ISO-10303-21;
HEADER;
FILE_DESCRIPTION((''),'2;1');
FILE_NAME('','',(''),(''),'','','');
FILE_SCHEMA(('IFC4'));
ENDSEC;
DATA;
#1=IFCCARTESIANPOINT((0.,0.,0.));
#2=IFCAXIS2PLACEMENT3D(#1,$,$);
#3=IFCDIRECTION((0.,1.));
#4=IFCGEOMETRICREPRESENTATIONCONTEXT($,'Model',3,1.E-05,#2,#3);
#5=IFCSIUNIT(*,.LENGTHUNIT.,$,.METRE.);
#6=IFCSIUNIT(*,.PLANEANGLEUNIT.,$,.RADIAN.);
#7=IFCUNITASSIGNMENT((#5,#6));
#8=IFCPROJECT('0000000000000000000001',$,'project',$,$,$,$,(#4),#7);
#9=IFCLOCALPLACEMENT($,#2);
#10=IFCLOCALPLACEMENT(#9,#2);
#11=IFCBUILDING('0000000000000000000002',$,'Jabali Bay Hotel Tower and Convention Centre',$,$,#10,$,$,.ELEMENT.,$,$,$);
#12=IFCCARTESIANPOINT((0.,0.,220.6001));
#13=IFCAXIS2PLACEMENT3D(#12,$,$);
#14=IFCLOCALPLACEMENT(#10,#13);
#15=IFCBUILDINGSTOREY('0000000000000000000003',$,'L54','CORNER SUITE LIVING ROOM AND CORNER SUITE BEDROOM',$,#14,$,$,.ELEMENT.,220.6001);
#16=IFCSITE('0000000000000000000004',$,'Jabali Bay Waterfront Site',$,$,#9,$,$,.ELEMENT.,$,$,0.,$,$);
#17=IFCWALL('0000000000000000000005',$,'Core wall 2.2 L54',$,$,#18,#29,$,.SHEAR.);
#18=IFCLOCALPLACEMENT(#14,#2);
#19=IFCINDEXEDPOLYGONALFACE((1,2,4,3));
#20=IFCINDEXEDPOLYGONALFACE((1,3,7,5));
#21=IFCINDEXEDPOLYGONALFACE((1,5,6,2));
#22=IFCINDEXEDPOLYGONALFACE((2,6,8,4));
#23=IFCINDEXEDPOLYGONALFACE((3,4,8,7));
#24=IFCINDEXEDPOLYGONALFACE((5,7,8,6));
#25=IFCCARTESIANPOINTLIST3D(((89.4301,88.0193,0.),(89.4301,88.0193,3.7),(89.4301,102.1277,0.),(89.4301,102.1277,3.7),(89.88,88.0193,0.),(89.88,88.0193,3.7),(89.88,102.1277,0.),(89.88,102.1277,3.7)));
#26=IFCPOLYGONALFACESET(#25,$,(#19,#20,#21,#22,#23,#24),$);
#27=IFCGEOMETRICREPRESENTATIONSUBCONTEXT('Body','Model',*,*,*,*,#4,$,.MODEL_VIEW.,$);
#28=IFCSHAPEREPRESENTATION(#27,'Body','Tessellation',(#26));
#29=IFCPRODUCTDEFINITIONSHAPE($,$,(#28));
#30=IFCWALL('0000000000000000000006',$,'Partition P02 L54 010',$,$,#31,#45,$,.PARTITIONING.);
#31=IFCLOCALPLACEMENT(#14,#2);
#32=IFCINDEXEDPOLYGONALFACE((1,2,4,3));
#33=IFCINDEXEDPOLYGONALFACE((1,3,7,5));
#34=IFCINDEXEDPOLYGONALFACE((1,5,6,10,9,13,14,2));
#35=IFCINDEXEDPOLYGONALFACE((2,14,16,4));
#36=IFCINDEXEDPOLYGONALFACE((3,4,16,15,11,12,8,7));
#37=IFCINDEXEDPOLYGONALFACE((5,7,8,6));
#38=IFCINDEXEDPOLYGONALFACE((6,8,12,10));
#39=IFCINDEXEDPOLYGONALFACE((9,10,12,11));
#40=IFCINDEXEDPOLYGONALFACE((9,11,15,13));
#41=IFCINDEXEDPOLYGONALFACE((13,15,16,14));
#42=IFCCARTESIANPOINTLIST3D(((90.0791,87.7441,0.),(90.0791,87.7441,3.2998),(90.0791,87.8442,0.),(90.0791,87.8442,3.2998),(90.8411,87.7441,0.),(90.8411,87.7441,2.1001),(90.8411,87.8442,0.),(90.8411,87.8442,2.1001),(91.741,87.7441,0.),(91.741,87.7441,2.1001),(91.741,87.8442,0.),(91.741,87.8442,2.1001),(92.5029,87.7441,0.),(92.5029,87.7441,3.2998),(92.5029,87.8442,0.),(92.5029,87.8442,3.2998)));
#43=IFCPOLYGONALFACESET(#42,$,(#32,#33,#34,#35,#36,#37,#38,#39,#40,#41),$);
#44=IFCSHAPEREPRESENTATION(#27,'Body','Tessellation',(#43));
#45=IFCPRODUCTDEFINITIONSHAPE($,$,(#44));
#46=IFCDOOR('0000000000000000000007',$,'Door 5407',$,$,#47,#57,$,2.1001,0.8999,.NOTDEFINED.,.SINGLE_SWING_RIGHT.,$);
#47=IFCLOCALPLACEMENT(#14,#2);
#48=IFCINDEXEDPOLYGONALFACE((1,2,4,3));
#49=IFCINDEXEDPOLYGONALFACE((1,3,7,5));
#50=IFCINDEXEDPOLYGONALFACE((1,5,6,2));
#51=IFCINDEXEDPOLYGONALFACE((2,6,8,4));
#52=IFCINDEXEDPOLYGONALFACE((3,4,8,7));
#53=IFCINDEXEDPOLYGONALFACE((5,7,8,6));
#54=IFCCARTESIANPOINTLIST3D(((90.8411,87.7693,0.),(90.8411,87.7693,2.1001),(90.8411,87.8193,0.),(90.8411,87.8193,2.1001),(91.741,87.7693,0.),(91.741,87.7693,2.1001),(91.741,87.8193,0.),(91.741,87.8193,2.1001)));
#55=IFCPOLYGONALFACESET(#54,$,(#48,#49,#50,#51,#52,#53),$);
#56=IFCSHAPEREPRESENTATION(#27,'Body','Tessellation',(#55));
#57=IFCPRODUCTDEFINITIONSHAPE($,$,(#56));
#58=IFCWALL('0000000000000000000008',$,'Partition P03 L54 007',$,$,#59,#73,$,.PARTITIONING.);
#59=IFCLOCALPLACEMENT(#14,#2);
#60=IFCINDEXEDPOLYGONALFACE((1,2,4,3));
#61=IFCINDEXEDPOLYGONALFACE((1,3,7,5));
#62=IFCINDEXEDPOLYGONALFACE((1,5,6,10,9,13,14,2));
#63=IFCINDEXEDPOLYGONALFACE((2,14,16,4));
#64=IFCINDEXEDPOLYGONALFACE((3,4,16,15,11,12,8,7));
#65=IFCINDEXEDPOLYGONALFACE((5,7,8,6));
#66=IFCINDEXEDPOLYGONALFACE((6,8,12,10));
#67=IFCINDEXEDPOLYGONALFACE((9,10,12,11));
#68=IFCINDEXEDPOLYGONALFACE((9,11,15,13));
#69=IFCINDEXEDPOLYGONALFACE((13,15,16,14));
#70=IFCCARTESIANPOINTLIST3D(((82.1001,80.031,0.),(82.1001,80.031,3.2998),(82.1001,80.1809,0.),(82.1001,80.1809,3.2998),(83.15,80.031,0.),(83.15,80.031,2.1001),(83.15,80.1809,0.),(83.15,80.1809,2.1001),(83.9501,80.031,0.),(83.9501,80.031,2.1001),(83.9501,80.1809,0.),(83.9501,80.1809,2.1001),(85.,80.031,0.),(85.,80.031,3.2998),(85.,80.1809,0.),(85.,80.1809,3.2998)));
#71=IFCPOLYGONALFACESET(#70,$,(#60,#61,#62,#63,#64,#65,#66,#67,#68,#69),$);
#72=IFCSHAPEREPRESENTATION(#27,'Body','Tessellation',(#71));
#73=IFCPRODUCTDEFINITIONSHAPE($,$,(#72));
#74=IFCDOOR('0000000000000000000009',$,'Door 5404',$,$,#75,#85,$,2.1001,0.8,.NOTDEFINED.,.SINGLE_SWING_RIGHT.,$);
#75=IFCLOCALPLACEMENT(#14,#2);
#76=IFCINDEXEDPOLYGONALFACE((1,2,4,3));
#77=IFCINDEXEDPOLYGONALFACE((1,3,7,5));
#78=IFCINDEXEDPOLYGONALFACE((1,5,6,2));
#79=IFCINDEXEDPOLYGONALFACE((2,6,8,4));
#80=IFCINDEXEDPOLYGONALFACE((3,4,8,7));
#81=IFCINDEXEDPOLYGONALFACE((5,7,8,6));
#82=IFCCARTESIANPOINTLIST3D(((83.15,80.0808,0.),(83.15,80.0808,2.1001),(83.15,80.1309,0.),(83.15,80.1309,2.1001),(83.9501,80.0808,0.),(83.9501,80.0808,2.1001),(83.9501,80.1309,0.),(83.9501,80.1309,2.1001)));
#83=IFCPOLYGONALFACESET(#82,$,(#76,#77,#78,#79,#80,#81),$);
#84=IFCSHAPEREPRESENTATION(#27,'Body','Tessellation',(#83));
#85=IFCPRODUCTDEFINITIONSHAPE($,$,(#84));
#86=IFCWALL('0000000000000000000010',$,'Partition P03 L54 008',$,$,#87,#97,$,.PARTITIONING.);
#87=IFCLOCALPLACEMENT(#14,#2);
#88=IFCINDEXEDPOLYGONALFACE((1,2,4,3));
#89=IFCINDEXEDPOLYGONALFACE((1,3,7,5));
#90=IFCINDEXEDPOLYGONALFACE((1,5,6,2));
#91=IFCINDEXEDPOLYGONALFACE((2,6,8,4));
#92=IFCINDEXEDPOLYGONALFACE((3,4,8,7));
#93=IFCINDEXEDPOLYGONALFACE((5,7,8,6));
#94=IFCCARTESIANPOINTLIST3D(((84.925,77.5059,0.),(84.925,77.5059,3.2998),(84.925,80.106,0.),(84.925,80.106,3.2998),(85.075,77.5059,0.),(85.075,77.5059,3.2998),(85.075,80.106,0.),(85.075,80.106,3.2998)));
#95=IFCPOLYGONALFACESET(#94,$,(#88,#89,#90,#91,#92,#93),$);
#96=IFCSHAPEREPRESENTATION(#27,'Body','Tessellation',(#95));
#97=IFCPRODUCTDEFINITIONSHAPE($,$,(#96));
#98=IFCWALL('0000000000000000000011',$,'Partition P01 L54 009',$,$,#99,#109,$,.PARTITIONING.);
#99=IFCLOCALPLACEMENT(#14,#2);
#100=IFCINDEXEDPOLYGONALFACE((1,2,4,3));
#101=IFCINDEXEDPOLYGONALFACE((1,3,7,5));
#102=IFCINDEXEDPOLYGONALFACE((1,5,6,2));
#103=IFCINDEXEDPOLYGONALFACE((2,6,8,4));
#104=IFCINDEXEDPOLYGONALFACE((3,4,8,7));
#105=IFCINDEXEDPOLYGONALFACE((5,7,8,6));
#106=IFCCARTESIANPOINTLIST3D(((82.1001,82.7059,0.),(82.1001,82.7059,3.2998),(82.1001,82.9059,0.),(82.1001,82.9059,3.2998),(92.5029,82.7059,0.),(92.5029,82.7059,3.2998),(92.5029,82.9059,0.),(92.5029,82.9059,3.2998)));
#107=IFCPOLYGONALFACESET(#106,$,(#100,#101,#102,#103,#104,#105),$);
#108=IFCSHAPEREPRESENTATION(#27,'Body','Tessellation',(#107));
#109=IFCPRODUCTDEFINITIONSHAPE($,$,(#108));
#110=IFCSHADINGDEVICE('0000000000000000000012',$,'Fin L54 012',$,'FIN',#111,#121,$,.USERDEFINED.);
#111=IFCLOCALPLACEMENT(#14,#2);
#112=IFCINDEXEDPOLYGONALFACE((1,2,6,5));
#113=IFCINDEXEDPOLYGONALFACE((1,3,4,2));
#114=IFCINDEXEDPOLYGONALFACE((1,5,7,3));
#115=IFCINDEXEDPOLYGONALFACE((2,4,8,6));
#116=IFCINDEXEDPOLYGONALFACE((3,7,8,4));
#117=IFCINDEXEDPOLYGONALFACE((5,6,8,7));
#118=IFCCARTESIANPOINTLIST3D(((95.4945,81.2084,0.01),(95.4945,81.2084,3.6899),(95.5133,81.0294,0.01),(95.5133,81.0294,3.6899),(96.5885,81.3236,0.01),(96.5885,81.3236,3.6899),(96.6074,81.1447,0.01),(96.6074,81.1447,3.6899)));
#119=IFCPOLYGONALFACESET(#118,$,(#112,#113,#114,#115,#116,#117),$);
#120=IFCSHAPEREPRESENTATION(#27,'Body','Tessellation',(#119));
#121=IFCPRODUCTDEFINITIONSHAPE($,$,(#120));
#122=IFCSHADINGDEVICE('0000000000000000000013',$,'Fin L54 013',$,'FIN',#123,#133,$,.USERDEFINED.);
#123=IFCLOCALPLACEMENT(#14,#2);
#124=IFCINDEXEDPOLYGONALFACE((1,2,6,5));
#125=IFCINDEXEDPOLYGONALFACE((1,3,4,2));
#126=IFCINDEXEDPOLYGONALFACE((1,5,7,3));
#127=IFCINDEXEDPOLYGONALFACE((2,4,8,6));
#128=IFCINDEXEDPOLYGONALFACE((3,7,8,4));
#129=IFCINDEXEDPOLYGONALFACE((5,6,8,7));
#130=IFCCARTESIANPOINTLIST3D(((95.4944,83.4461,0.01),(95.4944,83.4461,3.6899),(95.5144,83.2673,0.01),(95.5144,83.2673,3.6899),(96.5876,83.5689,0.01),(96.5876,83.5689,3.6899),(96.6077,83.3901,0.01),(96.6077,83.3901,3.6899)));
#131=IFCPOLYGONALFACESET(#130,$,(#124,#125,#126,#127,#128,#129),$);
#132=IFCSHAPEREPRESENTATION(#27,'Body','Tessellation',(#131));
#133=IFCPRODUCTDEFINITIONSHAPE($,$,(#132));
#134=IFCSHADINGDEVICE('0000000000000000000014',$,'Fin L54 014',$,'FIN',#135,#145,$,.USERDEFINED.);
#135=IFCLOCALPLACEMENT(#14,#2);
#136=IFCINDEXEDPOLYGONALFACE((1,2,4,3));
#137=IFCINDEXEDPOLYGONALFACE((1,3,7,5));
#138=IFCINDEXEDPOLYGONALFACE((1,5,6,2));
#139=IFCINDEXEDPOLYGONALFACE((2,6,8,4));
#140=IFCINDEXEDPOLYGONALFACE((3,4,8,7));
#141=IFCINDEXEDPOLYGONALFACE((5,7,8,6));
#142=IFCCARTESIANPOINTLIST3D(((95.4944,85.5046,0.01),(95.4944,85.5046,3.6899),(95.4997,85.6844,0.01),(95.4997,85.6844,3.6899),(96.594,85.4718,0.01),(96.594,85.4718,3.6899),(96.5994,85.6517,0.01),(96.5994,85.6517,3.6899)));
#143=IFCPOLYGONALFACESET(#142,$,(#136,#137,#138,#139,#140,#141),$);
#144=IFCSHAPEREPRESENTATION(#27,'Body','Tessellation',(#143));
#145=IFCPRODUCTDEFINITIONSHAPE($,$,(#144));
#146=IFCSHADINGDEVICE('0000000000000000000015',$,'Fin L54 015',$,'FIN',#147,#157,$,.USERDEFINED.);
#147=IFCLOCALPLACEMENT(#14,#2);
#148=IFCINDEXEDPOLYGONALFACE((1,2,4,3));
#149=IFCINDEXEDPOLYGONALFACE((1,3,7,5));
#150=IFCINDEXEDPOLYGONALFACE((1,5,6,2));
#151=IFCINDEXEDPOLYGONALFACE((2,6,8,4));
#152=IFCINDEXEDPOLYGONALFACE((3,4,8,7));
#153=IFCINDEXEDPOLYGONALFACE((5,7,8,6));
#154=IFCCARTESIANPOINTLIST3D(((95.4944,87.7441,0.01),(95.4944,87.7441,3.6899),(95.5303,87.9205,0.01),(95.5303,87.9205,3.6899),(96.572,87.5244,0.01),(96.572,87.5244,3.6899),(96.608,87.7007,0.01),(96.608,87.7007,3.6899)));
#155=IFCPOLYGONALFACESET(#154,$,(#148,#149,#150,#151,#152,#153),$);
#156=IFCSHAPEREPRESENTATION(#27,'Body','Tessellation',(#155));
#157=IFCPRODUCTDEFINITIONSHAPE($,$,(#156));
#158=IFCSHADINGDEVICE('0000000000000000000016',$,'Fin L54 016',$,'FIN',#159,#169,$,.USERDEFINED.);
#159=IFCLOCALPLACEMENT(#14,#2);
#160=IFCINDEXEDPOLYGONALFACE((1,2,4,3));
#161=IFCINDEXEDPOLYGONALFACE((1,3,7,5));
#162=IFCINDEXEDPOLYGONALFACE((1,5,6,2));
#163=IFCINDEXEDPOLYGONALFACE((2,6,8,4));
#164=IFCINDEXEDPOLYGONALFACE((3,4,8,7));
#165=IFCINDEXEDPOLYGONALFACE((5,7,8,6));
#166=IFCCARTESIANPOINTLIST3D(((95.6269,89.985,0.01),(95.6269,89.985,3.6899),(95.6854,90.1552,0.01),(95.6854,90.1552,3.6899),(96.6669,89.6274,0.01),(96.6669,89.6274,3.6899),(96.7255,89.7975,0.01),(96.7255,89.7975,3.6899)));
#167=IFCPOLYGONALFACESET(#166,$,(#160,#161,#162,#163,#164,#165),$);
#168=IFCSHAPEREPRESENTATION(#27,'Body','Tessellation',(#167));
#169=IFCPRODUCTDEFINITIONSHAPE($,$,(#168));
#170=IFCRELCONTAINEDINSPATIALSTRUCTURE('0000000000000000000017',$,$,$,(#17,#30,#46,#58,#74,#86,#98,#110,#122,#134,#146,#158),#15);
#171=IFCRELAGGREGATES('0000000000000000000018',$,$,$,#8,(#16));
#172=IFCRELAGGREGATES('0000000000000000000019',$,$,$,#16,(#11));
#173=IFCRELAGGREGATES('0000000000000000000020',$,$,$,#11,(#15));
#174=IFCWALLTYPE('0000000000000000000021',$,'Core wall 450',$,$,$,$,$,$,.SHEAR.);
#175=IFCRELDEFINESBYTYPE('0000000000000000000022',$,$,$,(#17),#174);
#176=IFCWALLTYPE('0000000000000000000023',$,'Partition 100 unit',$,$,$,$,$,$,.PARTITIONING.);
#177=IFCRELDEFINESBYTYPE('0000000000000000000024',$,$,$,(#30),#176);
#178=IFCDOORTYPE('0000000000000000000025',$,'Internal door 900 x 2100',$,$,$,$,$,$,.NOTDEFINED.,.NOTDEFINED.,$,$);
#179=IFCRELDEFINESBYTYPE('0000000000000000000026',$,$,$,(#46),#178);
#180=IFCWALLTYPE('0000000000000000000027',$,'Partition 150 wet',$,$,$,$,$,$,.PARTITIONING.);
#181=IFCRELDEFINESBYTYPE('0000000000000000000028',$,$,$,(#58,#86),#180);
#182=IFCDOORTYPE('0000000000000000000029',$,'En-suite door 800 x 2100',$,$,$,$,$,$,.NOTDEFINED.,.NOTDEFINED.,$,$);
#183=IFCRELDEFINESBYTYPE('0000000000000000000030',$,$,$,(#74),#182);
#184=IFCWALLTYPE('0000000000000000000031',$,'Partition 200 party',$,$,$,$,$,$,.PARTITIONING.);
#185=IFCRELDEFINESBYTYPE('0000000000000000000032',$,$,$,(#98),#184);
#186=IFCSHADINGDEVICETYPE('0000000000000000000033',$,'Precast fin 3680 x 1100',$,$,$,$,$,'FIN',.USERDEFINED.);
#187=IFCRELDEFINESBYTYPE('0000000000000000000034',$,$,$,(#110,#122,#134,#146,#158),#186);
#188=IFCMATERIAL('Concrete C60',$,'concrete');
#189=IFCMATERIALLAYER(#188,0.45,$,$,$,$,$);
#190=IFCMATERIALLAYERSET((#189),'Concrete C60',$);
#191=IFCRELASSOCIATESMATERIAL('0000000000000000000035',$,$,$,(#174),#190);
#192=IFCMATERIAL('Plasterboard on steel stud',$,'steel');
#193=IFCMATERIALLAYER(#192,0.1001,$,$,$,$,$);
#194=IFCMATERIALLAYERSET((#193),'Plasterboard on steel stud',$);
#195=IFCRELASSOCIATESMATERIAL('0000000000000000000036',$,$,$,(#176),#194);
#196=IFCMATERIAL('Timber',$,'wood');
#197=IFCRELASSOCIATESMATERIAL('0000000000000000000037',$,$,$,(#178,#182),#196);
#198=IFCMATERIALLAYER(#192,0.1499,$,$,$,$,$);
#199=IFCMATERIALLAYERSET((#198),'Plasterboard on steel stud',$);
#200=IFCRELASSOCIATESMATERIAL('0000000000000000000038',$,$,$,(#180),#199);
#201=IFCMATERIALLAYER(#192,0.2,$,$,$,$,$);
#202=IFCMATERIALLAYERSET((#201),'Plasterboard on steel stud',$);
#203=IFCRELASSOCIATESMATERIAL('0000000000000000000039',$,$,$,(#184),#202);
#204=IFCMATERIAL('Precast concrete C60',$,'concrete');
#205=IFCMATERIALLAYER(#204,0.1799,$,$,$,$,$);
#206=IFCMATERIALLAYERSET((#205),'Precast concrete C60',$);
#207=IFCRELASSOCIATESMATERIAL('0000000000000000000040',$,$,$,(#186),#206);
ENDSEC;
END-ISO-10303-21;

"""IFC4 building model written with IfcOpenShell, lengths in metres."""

from ifc_helpers import new_model, si_unit, direction, frame, frame_2d, origin, place, context, subcontext, project, spatial, rectangle, extrude, material, layer, layer_set, type_object, element, fill, save


model = new_model("IFC4")

# Units and contexts
model_context = context("Model", 3, precision=1e-05, world=origin(), true_north=direction((0.0, 1.0)))
body_context = subcontext(model_context, "Body", "Model", "MODEL_VIEW")
ifc_project = project(units=[si_unit("LENGTHUNIT", "METRE"), si_unit("PLANEANGLEUNIT", "RADIAN")], contexts=[model_context])

# Site, building, storey
site_placement = place(None, origin())
site = spatial("IfcSite", under=ifc_project, at=site_placement, Name="Jabali Bay Waterfront Site", CompositionType="ELEMENT", RefElevation=0.0)
building_placement = place(site_placement, origin())
building = spatial("IfcBuilding", under=site, at=building_placement, Name="Jabali Bay Hotel Tower and Convention Centre", CompositionType="ELEMENT")
storey_placement = place(building_placement, frame((0.0, 0.0, 220.6001)))
storey = spatial("IfcBuildingStorey", under=building, at=storey_placement, Name="L54", Description="CORNER SUITE LIVING ROOM AND CORNER SUITE BEDROOM", CompositionType="ELEMENT", Elevation=220.6001)

# Shared definitions
ifc_material_1 = material(Name="Concrete C60", Category="concrete")

# Wall
ifc_layer_1 = layer(ifc_material_1, 0.45)
ifc_layer_set_1 = layer_set([ifc_layer_1], Name="Concrete C60")
wall_type_1 = type_object("IfcWallType", Name="Core wall 450", PredefinedType="SHEAR", material=ifc_layer_set_1)
wall_1_placement = place(storey_placement, frame((89.655, 88.0193, 0.0), z_axis=(0.0, 0.0, 1.0), x_axis=(0.0, 1.0, 0.0)))
element("IfcWall", 1, at=wall_1_placement, inside=storey, type_object=wall_type_1, Name="Core wall 2.2 L54", PredefinedType="SHEAR", context=body_context, shape_type="SweptSolid", body=[
    extrude(rectangle(XDim=14.1084, YDim=0.45, at=frame_2d((7.0542, 0.0))), origin(), (0.0, 0.0, 1.0), 3.7),
])

# Walls, openings, doors
ifc_material_2 = material(Name="Plasterboard on steel stud", Category="steel")
ifc_layer_2 = layer(ifc_material_2, 0.1001)
ifc_layer_set_2 = layer_set([ifc_layer_2], Name="Plasterboard on steel stud")
wall_type_2 = type_object("IfcWallType", Name="Partition 100 unit", PredefinedType="PARTITIONING", material=ifc_layer_set_2)
wall_2_placement = place(storey_placement, frame((92.5029, 87.7942, 0.0), z_axis=(0.0, 0.0, 1.0), x_axis=(-1.0, 0.0, 0.0)))
wall_2 = element("IfcWall", 2, at=wall_2_placement, inside=storey, type_object=wall_type_2, Name="Partition P02 L54 010", PredefinedType="PARTITIONING", context=body_context, shape_type="SweptSolid", body=[
    extrude(rectangle(XDim=2.4238, YDim=0.1001, at=frame_2d((1.2119, 0.0))), origin(), (0.0, 0.0, 1.0), 3.2998),
])
opening_1_placement = place(wall_2_placement, frame((0.762, 0.0, 0.0)))
opening_1 = element("IfcOpeningElement", 3, at=opening_1_placement, cuts=wall_2, PredefinedType="OPENING", context=body_context, shape_type="SweptSolid", body=[
    extrude(rectangle(XDim=0.8999, YDim=2.1001, at=frame_2d((0.45, 1.05))), frame((0.0, 0.0605, 0.0), z_axis=(0.0, -1.0, 0.0), x_axis=(1.0, 0.0, 0.0)), (0.0, 0.0, 1.0), 0.1211),
])
ifc_material_3 = material(Name="Timber", Category="wood")
door_type_1 = type_object("IfcDoorType", Name="Internal door 900 x 2100", OperationType="NOTDEFINED", PredefinedType="NOTDEFINED", material=ifc_material_3)
door_1_placement = place(opening_1_placement, origin())
door_1 = element("IfcDoor", 4, at=door_1_placement, inside=storey, type_object=door_type_1, Name="Door 5407", OperationType="SINGLE_SWING_RIGHT", OverallHeight=2.1001, OverallWidth=0.8999, PredefinedType="NOTDEFINED", context=body_context, shape_type="SweptSolid", body=[
    extrude(rectangle(XDim=0.8999, YDim=2.1001, at=frame_2d((0.45, 1.05))), frame((0.0, 0.0249, 0.0), z_axis=(0.0, -1.0, 0.0), x_axis=(1.0, 0.0, 0.0)), (0.0, 0.0, 1.0), 0.05),
])
fill(opening_1, door_1)
ifc_layer_3 = layer(ifc_material_2, 0.1499)
ifc_layer_set_3 = layer_set([ifc_layer_3], Name="Plasterboard on steel stud")
wall_type_3 = type_object("IfcWallType", Name="Partition 150 wet", PredefinedType="PARTITIONING", material=ifc_layer_set_3)
wall_3_placement = place(storey_placement, frame((82.1001, 80.106, 0.0), z_axis=(0.0, 0.0, 1.0), x_axis=(1.0, 0.0, 0.0)))
wall_3 = element("IfcWall", 5, at=wall_3_placement, inside=storey, type_object=wall_type_3, Name="Partition P03 L54 007", PredefinedType="PARTITIONING", context=body_context, shape_type="SweptSolid", body=[
    extrude(rectangle(XDim=2.8999, YDim=0.1499, at=frame_2d((1.45, 0.0))), origin(), (0.0, 0.0, 1.0), 3.2998),
])
opening_2_placement = place(wall_3_placement, frame((1.05, 0.0, 0.0)))
opening_2 = element("IfcOpeningElement", 6, at=opening_2_placement, cuts=wall_3, PredefinedType="OPENING", context=body_context, shape_type="SweptSolid", body=[
    extrude(rectangle(XDim=0.8, YDim=2.1001, at=frame_2d((0.3999, 1.05))), frame((0.0, 0.0854, 0.0), z_axis=(0.0, -1.0, 0.0), x_axis=(1.0, 0.0, 0.0)), (0.0, 0.0, 1.0), 0.1709),
])
door_type_2 = type_object("IfcDoorType", Name="En-suite door 800 x 2100", OperationType="NOTDEFINED", PredefinedType="NOTDEFINED", material=ifc_material_3)
door_2_placement = place(opening_2_placement, origin())
door_2 = element("IfcDoor", 7, at=door_2_placement, inside=storey, type_object=door_type_2, Name="Door 5404", OperationType="SINGLE_SWING_RIGHT", OverallHeight=2.1001, OverallWidth=0.8, PredefinedType="NOTDEFINED", context=body_context, shape_type="SweptSolid", body=[
    extrude(rectangle(XDim=0.8, YDim=2.1001, at=frame_2d((0.3999, 1.05))), frame((0.0, 0.0249, 0.0), z_axis=(0.0, -1.0, 0.0), x_axis=(1.0, 0.0, 0.0)), (0.0, 0.0, 1.0), 0.05),
])
fill(opening_2, door_2)

# Walls
wall_4_placement = place(storey_placement, frame((85.0, 80.106, 0.0), z_axis=(0.0, 0.0, 1.0), x_axis=(0.0, -1.0, 0.0)))
element("IfcWall", 8, at=wall_4_placement, inside=storey, type_object=wall_type_3, Name="Partition P03 L54 008", PredefinedType="PARTITIONING", context=body_context, shape_type="SweptSolid", body=[
    extrude(rectangle(XDim=2.6001, YDim=0.1499, at=frame_2d((1.3, 0.0))), origin(), (0.0, 0.0, 1.0), 3.2998),
])
ifc_layer_4 = layer(ifc_material_2, 0.2)
ifc_layer_set_4 = layer_set([ifc_layer_4], Name="Plasterboard on steel stud")
wall_type_4 = type_object("IfcWallType", Name="Partition 200 party", PredefinedType="PARTITIONING", material=ifc_layer_set_4)
wall_5_placement = place(storey_placement, frame((92.5029, 82.8059, 0.0), z_axis=(0.0, 0.0, 1.0), x_axis=(-1.0, 0.0, 0.0)))
element("IfcWall", 9, at=wall_5_placement, inside=storey, type_object=wall_type_4, Name="Partition P01 L54 009", PredefinedType="PARTITIONING", context=body_context, shape_type="SweptSolid", body=[
    extrude(rectangle(XDim=10.4028, YDim=0.2, at=frame_2d((5.2014, 0.0))), origin(), (0.0, 0.0, 1.0), 3.2998),
])

# Shading devices
ifc_material_4 = material(Name="Precast concrete C60", Category="concrete")
ifc_layer_5 = layer(ifc_material_4, 0.1799)
ifc_layer_set_5 = layer_set([ifc_layer_5], Name="Precast concrete C60")
shading_device_type = type_object("IfcShadingDeviceType", Name="Precast fin 3680 x 1100", ElementType="FIN", PredefinedType="USERDEFINED", material=ifc_layer_set_5)
for number, where, z_axis, x_axis, name in (
    (10, (95.5039, 81.1189, 0.01), (0.0, 0.0, 1.0), (0.994498, 0.104754, 0.0), "Fin L54 012"),
    (11, (95.5044, 83.3567, 0.01), (0.0, 0.0, 1.0), (0.99375, 0.111625, 0.0), "Fin L54 013"),
    (12, (95.4971, 85.5945, 0.01), (0.0, 0.0, 1.0), (0.999558, -0.029738, 0.0), "Fin L54 014"),
):
    element("IfcShadingDevice", number, at=place(storey_placement, frame(where, z_axis=z_axis, x_axis=x_axis)), inside=storey, type_object=shading_device_type, Name=name, ObjectType="FIN", PredefinedType="USERDEFINED", context=body_context, shape_type="SweptSolid", body=[
        extrude(rectangle(XDim=1.1001, YDim=0.1799, at=frame_2d((0.55, 0.0))), origin(), (0.0, 0.0, 1.0), 3.6799),
    ])
for number, where, z_axis, x_axis, name in (
    (13, (95.5125, 87.8323, 0.01), (0.0, 0.0, 1.0), (0.97984, -0.199786, 0.0), "Fin L54 015"),
    (14, (95.6562, 90.0701, 0.01), (0.0, 0.0, 1.0), (0.945644, -0.325204, 0.0), "Fin L54 016"),
):
    element("IfcShadingDevice", number, at=place(storey_placement, frame(where, z_axis=z_axis, x_axis=x_axis)), inside=storey, type_object=shading_device_type, Name=name, ObjectType="FIN", PredefinedType="USERDEFINED", context=body_context, shape_type="SweptSolid", body=[
        extrude(rectangle(XDim=1.0999, YDim=0.1799, at=frame_2d((0.5498, 0.0))), origin(), (0.0, 0.0, 1.0), 3.6799),
    ])

save(model, "model.ifc")
